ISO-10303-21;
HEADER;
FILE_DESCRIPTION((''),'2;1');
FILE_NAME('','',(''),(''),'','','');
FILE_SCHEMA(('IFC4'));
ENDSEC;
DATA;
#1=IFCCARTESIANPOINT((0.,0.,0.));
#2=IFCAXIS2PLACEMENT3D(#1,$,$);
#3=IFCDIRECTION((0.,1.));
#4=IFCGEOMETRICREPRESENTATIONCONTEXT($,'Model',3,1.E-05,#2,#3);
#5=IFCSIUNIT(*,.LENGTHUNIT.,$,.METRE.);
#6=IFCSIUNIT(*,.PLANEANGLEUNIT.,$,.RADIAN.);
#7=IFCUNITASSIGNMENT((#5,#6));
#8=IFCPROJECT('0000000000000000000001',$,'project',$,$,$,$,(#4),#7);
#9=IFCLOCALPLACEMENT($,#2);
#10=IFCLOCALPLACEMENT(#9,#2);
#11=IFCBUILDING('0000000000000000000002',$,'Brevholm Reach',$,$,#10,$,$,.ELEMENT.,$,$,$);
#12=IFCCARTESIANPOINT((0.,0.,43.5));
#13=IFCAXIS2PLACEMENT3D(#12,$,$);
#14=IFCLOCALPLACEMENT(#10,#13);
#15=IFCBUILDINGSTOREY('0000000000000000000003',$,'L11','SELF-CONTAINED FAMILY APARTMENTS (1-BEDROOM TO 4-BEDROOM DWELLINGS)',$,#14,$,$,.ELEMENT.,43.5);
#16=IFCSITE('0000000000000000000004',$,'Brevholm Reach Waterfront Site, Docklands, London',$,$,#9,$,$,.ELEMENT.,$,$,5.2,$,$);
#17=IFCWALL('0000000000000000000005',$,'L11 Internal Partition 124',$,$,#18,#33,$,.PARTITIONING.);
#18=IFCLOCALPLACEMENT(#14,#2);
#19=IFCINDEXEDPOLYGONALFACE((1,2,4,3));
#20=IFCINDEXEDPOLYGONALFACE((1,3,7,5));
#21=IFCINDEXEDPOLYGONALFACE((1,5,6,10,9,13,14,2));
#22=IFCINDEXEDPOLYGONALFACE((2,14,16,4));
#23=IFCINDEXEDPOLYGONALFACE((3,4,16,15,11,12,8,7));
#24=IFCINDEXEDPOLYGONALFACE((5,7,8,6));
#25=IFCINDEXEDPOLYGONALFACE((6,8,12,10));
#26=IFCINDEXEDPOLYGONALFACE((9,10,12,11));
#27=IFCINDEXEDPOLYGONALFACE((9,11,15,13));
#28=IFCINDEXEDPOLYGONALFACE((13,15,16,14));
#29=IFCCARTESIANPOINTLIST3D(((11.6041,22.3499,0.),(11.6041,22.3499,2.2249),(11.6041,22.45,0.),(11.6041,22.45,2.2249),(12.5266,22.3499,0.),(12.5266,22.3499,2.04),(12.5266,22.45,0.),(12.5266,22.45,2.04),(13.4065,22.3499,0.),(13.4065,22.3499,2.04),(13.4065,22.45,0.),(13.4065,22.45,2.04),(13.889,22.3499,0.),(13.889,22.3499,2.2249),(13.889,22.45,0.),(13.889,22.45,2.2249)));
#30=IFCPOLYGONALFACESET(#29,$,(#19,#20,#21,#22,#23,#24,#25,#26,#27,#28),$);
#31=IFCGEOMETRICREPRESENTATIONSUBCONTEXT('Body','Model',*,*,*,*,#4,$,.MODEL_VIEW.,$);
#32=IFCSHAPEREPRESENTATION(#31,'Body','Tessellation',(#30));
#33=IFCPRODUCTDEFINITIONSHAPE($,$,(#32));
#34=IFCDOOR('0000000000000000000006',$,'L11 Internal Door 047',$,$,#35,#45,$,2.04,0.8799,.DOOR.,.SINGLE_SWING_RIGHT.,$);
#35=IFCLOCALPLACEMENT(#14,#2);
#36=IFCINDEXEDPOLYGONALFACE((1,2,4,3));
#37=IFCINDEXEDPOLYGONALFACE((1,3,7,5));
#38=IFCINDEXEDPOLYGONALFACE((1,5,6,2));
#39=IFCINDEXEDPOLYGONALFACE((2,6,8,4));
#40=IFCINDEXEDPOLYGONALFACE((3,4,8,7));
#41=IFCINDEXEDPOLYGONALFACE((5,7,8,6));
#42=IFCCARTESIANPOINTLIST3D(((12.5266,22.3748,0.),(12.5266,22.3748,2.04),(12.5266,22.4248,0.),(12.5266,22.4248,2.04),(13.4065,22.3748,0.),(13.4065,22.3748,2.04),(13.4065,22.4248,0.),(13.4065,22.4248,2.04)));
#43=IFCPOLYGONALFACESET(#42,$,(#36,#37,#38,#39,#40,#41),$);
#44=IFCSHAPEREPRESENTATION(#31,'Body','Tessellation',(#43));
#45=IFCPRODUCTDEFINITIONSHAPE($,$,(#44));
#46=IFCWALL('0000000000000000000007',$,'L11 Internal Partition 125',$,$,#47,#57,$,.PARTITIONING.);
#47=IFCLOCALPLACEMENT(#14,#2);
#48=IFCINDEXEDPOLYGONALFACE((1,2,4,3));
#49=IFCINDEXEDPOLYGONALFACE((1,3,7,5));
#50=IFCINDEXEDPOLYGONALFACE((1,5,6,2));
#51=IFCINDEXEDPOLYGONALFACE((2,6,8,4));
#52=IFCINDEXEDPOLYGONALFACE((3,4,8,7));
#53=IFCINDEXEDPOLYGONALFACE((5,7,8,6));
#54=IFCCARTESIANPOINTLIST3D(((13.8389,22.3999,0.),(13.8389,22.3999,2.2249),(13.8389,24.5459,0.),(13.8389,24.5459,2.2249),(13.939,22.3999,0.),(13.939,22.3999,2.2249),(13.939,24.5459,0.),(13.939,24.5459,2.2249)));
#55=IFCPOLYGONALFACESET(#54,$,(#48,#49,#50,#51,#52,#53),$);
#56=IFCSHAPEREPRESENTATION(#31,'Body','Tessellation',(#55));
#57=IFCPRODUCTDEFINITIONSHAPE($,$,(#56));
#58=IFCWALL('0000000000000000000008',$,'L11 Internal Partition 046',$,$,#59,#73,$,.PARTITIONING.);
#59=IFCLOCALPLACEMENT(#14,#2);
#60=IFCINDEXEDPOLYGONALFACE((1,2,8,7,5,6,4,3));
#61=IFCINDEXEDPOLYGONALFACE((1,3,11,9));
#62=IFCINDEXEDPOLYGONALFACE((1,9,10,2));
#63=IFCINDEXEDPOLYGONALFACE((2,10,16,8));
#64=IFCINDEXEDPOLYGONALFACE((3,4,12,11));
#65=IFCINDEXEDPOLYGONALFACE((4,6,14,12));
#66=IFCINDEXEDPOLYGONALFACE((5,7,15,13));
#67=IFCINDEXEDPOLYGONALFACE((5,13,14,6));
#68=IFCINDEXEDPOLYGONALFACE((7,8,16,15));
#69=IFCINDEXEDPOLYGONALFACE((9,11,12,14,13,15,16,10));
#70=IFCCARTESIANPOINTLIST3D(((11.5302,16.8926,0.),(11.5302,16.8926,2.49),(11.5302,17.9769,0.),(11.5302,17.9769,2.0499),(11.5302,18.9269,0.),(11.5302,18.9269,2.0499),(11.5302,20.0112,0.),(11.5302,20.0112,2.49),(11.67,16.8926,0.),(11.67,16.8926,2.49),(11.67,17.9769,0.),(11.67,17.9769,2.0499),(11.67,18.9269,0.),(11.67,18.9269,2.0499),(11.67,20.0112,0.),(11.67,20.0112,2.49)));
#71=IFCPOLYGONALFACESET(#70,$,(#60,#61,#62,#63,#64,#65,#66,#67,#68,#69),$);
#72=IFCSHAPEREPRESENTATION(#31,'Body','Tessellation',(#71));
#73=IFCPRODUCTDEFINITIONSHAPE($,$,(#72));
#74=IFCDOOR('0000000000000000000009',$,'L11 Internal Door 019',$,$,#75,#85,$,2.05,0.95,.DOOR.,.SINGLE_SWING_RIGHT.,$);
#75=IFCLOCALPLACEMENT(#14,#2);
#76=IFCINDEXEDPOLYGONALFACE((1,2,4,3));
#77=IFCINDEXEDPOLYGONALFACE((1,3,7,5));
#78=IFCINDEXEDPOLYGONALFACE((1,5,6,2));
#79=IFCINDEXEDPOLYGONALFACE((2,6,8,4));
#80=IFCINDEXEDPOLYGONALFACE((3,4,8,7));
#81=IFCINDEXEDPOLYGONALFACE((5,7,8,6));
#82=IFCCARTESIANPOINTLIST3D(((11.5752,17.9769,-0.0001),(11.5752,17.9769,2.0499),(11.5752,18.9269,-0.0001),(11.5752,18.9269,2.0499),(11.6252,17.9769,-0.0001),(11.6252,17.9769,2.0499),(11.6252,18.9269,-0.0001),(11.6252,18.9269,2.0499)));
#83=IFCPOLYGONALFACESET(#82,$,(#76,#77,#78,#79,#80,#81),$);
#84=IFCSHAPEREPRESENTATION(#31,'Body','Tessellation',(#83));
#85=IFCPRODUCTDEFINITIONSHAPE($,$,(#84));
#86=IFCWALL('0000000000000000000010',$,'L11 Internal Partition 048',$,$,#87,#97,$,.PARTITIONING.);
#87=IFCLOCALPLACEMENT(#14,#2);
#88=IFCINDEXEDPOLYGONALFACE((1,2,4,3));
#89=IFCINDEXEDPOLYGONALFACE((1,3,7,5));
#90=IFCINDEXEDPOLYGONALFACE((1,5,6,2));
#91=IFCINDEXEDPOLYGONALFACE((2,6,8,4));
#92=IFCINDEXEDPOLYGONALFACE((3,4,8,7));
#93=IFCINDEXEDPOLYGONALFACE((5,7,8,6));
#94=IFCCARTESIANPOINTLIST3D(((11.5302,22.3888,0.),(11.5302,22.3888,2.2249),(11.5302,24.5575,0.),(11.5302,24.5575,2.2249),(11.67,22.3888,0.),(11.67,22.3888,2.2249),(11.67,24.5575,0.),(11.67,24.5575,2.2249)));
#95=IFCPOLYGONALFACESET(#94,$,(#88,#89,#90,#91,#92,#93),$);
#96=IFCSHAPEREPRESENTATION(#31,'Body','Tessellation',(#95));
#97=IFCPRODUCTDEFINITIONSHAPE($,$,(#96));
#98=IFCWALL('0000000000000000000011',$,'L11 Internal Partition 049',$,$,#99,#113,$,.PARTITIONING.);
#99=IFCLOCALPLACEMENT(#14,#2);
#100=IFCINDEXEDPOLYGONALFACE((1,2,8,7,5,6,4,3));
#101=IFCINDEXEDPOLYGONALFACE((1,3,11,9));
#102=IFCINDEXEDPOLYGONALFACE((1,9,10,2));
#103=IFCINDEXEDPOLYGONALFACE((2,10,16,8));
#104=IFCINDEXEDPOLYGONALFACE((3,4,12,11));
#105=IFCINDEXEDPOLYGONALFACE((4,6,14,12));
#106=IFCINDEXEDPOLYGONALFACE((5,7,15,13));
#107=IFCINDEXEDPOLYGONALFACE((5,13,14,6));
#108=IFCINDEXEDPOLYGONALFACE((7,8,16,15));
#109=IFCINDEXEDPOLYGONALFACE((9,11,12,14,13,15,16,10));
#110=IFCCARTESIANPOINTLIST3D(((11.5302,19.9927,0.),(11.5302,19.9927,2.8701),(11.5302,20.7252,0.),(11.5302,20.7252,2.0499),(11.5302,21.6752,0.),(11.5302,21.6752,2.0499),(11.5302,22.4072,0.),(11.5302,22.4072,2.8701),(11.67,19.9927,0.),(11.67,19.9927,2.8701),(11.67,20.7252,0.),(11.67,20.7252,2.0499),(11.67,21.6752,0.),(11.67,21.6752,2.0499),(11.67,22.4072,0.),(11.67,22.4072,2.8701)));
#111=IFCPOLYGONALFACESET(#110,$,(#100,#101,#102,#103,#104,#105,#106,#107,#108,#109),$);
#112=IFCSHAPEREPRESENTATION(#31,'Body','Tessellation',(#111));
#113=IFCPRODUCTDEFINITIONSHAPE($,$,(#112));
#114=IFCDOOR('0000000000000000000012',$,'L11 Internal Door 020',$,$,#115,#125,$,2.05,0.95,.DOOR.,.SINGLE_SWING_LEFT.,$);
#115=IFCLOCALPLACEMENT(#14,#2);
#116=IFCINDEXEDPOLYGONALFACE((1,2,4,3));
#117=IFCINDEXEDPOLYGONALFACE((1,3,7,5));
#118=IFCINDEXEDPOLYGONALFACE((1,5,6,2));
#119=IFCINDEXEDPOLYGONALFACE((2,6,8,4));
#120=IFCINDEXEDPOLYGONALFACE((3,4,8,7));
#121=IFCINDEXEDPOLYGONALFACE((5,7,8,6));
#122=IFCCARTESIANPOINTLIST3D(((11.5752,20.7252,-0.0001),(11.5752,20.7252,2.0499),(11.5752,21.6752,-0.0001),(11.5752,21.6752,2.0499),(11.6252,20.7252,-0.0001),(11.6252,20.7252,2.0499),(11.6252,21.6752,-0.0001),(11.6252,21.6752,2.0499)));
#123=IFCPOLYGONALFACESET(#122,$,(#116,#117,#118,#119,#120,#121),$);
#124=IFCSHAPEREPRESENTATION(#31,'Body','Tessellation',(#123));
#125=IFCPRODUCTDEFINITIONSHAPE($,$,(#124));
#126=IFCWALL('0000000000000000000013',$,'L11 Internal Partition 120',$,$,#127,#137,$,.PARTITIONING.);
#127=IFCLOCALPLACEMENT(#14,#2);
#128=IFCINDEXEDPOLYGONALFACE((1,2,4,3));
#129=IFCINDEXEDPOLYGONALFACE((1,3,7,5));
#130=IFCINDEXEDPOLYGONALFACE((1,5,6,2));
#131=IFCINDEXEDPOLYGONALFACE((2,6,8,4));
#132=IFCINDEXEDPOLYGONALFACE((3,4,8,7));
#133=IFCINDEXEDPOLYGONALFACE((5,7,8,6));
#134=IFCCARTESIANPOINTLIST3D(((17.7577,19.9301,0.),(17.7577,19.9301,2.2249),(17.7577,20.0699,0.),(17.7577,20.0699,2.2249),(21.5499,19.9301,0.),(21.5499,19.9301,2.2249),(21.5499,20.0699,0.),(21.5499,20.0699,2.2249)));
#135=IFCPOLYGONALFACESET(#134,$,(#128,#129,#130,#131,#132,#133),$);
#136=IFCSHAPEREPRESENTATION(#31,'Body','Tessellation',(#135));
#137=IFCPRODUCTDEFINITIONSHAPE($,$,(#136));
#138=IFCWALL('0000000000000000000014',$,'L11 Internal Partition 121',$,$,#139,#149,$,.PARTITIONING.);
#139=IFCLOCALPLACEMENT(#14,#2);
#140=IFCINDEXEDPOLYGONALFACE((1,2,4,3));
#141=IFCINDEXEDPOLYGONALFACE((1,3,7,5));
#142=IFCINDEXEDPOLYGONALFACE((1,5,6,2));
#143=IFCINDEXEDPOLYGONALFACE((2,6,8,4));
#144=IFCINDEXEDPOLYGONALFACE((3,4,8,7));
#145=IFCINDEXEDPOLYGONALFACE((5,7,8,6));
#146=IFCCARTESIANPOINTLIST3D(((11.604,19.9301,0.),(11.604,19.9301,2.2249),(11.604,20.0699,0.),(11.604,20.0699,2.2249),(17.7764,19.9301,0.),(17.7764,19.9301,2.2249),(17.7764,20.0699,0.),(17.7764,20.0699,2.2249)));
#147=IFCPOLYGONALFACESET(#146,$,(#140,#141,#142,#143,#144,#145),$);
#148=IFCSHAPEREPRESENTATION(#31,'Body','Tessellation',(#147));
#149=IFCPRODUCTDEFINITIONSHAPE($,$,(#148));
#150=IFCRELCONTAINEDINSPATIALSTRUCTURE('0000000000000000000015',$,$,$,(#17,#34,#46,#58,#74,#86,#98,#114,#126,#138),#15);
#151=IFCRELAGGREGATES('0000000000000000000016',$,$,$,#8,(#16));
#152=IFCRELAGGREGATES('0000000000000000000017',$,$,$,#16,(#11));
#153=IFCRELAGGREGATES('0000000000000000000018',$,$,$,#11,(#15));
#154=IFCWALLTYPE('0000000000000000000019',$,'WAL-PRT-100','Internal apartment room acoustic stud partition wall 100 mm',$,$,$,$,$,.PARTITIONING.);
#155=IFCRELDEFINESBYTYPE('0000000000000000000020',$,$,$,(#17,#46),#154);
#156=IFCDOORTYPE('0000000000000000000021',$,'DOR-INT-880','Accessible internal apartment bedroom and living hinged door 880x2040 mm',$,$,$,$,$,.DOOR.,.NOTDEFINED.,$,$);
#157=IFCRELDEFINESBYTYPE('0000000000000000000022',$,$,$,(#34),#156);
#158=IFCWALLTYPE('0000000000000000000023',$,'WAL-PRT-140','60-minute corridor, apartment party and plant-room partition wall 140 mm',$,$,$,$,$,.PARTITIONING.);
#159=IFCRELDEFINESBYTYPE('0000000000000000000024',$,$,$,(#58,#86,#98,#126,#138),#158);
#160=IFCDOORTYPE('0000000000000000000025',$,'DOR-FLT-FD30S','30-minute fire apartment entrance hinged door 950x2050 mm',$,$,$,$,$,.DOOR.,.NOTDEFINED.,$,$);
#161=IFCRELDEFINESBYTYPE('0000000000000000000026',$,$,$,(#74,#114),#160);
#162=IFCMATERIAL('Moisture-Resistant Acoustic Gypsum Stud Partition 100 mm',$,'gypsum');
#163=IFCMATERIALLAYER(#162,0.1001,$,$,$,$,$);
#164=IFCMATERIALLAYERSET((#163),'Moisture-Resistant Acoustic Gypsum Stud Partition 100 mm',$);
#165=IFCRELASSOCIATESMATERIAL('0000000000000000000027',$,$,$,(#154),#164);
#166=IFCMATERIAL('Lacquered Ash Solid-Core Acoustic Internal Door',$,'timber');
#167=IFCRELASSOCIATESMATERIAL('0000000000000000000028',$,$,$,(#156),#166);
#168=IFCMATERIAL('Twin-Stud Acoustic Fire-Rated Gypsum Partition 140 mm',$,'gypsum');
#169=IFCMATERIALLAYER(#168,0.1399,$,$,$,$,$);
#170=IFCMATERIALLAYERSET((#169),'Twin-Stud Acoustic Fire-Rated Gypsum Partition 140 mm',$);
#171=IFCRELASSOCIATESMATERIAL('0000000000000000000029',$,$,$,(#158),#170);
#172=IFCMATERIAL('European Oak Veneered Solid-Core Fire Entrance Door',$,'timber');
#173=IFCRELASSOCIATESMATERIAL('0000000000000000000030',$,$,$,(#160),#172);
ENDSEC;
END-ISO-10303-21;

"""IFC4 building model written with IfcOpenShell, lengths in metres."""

from ifc_helpers import new_model, si_unit, direction, frame, frame_2d, origin, place, context, subcontext, project, spatial, rectangle, extrude, material, layer, layer_set, type_object, element, fill, save


model = new_model("IFC4")

# Units and contexts
model_context = context("Model", 3, precision=1e-05, world=origin(), true_north=direction((0.0, 1.0)))
body_context = subcontext(model_context, "Body", "Model", "MODEL_VIEW")
ifc_project = project(units=[si_unit("LENGTHUNIT", "METRE"), si_unit("PLANEANGLEUNIT", "RADIAN")], contexts=[model_context])

# Site, building, storey
site_placement = place(None, origin())
site = spatial("IfcSite", under=ifc_project, at=site_placement, Name="Brevholm Reach Waterfront Site, Docklands, London", CompositionType="ELEMENT", RefElevation=5.2)
building_placement = place(site_placement, origin())
building = spatial("IfcBuilding", under=site, at=building_placement, Name="Brevholm Reach", CompositionType="ELEMENT")
storey_placement = place(building_placement, frame((0.0, 0.0, 43.5)))
storey = spatial("IfcBuildingStorey", under=building, at=storey_placement, Name="L11", Description="SELF-CONTAINED FAMILY APARTMENTS (1-BEDROOM TO 4-BEDROOM DWELLINGS)", CompositionType="ELEMENT", Elevation=43.5)

# Shared definitions
ifc_material_1 = material(Name="Moisture-Resistant Acoustic Gypsum Stud Partition 100 mm", Category="gypsum")
ifc_layer_1 = layer(ifc_material_1, 0.1001)
ifc_layer_set_1 = layer_set([ifc_layer_1], Name="Moisture-Resistant Acoustic Gypsum Stud Partition 100 mm")
wall_type_1 = type_object("IfcWallType", Name="WAL-PRT-100", Description="Internal apartment room acoustic stud partition wall 100 mm", PredefinedType="PARTITIONING", material=ifc_layer_set_1)

# Wall, opening, door
ifc_material_2 = material(Name="Lacquered Ash Solid-Core Acoustic Internal Door", Category="timber")
door_type_1 = type_object("IfcDoorType", Name="DOR-INT-880", Description="Accessible internal apartment bedroom and living hinged door 880x2040 mm", OperationType="NOTDEFINED", PredefinedType="DOOR", material=ifc_material_2)
wall_1_placement = place(storey_placement, frame((11.604, 22.3999, 0.0), z_axis=(0.0, 0.0, 1.0), x_axis=(1.0, 0.0, 0.0)))
wall_1 = element("IfcWall", 1, at=wall_1_placement, inside=storey, type_object=wall_type_1, Name="L11 Internal Partition 124", PredefinedType="PARTITIONING", context=body_context, shape_type="SweptSolid", body=[
    extrude(rectangle(XDim=2.2849, YDim=0.1001, at=frame_2d((1.1426, 0.0))), origin(), (0.0, 0.0, 1.0), 2.2249),
])
opening_1_placement = place(wall_1_placement, frame((0.9226, 0.0, 0.0)))
opening_1 = element("IfcOpeningElement", 2, at=opening_1_placement, cuts=wall_1, PredefinedType="OPENING", context=body_context, shape_type="SweptSolid", body=[
    extrude(rectangle(XDim=0.8799, YDim=2.04, at=frame_2d((0.4399, 1.02))), frame((0.0, 0.0601, 0.0), z_axis=(0.0, -1.0, 0.0), x_axis=(1.0, 0.0, 0.0)), (0.0, 0.0, 1.0), 0.1201),
])
door_1_placement = place(opening_1_placement, origin())
door_1 = element("IfcDoor", 3, at=door_1_placement, inside=storey, type_object=door_type_1, Name="L11 Internal Door 047", OperationType="SINGLE_SWING_RIGHT", OverallHeight=2.04, OverallWidth=0.8799, PredefinedType="DOOR", context=body_context, shape_type="SweptSolid", body=[
    extrude(rectangle(XDim=0.8799, YDim=2.04, at=frame_2d((0.4399, 1.02))), frame((0.0, 0.0249, 0.0), z_axis=(0.0, -1.0, 0.0), x_axis=(1.0, 0.0, 0.0)), (0.0, 0.0, 1.0), 0.05),
])
fill(opening_1, door_1)

# Wall
wall_2_placement = place(storey_placement, frame((13.8889, 22.3999, 0.0), z_axis=(0.0, 0.0, 1.0), x_axis=(0.0, 1.0, 0.0)))
element("IfcWall", 4, at=wall_2_placement, inside=storey, type_object=wall_type_1, Name="L11 Internal Partition 125", PredefinedType="PARTITIONING", context=body_context, shape_type="SweptSolid", body=[
    extrude(rectangle(XDim=2.146, YDim=0.1001, at=frame_2d((1.073, 0.0))), origin(), (0.0, 0.0, 1.0), 2.2249),
])

# Wall, opening, door
ifc_material_3 = material(Name="Twin-Stud Acoustic Fire-Rated Gypsum Partition 140 mm", Category="gypsum")
ifc_layer_2 = layer(ifc_material_3, 0.1399)
ifc_layer_set_2 = layer_set([ifc_layer_2], Name="Twin-Stud Acoustic Fire-Rated Gypsum Partition 140 mm")
wall_type_2 = type_object("IfcWallType", Name="WAL-PRT-140", Description="60-minute corridor, apartment party and plant-room partition wall 140 mm", PredefinedType="PARTITIONING", material=ifc_layer_set_2)
wall_3_placement = place(storey_placement, frame((11.6001, 16.8926, 0.0), z_axis=(0.0, 0.0, 1.0), x_axis=(0.0, 1.0, 0.0)))
wall_3 = element("IfcWall", 5, at=wall_3_placement, inside=storey, type_object=wall_type_2, Name="L11 Internal Partition 046", PredefinedType="PARTITIONING", context=body_context, shape_type="SweptSolid", body=[
    extrude(rectangle(XDim=3.1187, YDim=0.1399, at=frame_2d((1.5593, 0.0))), origin(), (0.0, 0.0, 1.0), 2.49),
])
opening_2_placement = place(wall_3_placement, frame((1.0842, 0.0, 0.0)))
opening_2 = element("IfcOpeningElement", 6, at=opening_2_placement, cuts=wall_3, PredefinedType="OPENING", context=body_context, shape_type="SweptSolid", body=[
    extrude(rectangle(XDim=0.95, YDim=2.05, at=frame_2d((0.4751, 1.0249))), frame((0.0, 0.0798, 0.0), z_axis=(0.0, -1.0, 0.0), x_axis=(1.0, 0.0, 0.0)), (0.0, 0.0, 1.0), 0.1599),
])
ifc_material_4 = material(Name="European Oak Veneered Solid-Core Fire Entrance Door", Category="timber")
door_type_2 = type_object("IfcDoorType", Name="DOR-FLT-FD30S", Description="30-minute fire apartment entrance hinged door 950x2050 mm", OperationType="NOTDEFINED", PredefinedType="DOOR", material=ifc_material_4)
door_2_placement = place(opening_2_placement, origin())
door_2 = element("IfcDoor", 7, at=door_2_placement, inside=storey, type_object=door_type_2, Name="L11 Internal Door 019", OperationType="SINGLE_SWING_RIGHT", OverallHeight=2.05, OverallWidth=0.95, PredefinedType="DOOR", context=body_context, shape_type="SweptSolid", body=[
    extrude(rectangle(XDim=0.95, YDim=2.05, at=frame_2d((0.4751, 1.0249))), frame((0.0, 0.0249, 0.0), z_axis=(0.0, -1.0, 0.0), x_axis=(1.0, 0.0, 0.0)), (0.0, 0.0, 1.0), 0.05),
])
fill(opening_2, door_2)

# Wall
wall_4_placement = place(storey_placement, frame((11.6001, 22.3887, 0.0), z_axis=(0.0, 0.0, 1.0), x_axis=(0.0, 1.0, 0.0)))
element("IfcWall", 8, at=wall_4_placement, inside=storey, type_object=wall_type_2, Name="L11 Internal Partition 048", PredefinedType="PARTITIONING", context=body_context, shape_type="SweptSolid", body=[
    extrude(rectangle(XDim=2.1687, YDim=0.1399, at=frame_2d((1.0845, 0.0))), origin(), (0.0, 0.0, 1.0), 2.2249),
])

# Wall, opening, door
wall_5_placement = place(storey_placement, frame((11.6001, 19.9927, 0.0), z_axis=(0.0, 0.0, 1.0), x_axis=(0.0, 1.0, 0.0)))
wall_5 = element("IfcWall", 9, at=wall_5_placement, inside=storey, type_object=wall_type_2, Name="L11 Internal Partition 049", PredefinedType="PARTITIONING", context=body_context, shape_type="SweptSolid", body=[
    extrude(rectangle(XDim=2.4146, YDim=0.1399, at=frame_2d((1.2073, 0.0))), origin(), (0.0, 0.0, 1.0), 2.8701),
])
opening_3_placement = place(wall_5_placement, frame((0.7324, 0.0, 0.0)))
opening_3 = element("IfcOpeningElement", 10, at=opening_3_placement, cuts=wall_5, PredefinedType="OPENING", context=body_context, shape_type="SweptSolid", body=[
    extrude(rectangle(XDim=0.95, YDim=2.05, at=frame_2d((0.4751, 1.0249))), frame((0.0, 0.0798, 0.0), z_axis=(0.0, -1.0, 0.0), x_axis=(1.0, 0.0, 0.0)), (0.0, 0.0, 1.0), 0.1599),
])
door_3_placement = place(opening_3_placement, origin())
door_3 = element("IfcDoor", 11, at=door_3_placement, inside=storey, type_object=door_type_2, Name="L11 Internal Door 020", OperationType="SINGLE_SWING_LEFT", OverallHeight=2.05, OverallWidth=0.95, PredefinedType="DOOR", context=body_context, shape_type="SweptSolid", body=[
    extrude(rectangle(XDim=0.95, YDim=2.05, at=frame_2d((0.4751, 1.0249))), frame((0.0, 0.0249, 0.0), z_axis=(0.0, -1.0, 0.0), x_axis=(1.0, 0.0, 0.0)), (0.0, 0.0, 1.0), 0.05),
])
fill(opening_3, door_3)

# Walls
wall_6_placement = place(storey_placement, frame((17.7578, 20.0, 0.0), z_axis=(0.0, 0.0, 1.0), x_axis=(1.0, 0.0, 0.0)))
element("IfcWall", 12, at=wall_6_placement, inside=storey, type_object=wall_type_2, Name="L11 Internal Partition 120", PredefinedType="PARTITIONING", context=body_context, shape_type="SweptSolid", body=[
    extrude(rectangle(XDim=3.7922, YDim=0.1399, at=frame_2d((1.896, 0.0))), origin(), (0.0, 0.0, 1.0), 2.2249),
])
wall_7_placement = place(storey_placement, frame((11.604, 20.0, 0.0), z_axis=(0.0, 0.0, 1.0), x_axis=(1.0, 0.0, 0.0)))
element("IfcWall", 13, at=wall_7_placement, inside=storey, type_object=wall_type_2, Name="L11 Internal Partition 121", PredefinedType="PARTITIONING", context=body_context, shape_type="SweptSolid", body=[
    extrude(rectangle(XDim=6.1724, YDim=0.1399, at=frame_2d((3.0862, 0.0))), origin(), (0.0, 0.0, 1.0), 2.2249),
])

save(model, "model.ifc")
